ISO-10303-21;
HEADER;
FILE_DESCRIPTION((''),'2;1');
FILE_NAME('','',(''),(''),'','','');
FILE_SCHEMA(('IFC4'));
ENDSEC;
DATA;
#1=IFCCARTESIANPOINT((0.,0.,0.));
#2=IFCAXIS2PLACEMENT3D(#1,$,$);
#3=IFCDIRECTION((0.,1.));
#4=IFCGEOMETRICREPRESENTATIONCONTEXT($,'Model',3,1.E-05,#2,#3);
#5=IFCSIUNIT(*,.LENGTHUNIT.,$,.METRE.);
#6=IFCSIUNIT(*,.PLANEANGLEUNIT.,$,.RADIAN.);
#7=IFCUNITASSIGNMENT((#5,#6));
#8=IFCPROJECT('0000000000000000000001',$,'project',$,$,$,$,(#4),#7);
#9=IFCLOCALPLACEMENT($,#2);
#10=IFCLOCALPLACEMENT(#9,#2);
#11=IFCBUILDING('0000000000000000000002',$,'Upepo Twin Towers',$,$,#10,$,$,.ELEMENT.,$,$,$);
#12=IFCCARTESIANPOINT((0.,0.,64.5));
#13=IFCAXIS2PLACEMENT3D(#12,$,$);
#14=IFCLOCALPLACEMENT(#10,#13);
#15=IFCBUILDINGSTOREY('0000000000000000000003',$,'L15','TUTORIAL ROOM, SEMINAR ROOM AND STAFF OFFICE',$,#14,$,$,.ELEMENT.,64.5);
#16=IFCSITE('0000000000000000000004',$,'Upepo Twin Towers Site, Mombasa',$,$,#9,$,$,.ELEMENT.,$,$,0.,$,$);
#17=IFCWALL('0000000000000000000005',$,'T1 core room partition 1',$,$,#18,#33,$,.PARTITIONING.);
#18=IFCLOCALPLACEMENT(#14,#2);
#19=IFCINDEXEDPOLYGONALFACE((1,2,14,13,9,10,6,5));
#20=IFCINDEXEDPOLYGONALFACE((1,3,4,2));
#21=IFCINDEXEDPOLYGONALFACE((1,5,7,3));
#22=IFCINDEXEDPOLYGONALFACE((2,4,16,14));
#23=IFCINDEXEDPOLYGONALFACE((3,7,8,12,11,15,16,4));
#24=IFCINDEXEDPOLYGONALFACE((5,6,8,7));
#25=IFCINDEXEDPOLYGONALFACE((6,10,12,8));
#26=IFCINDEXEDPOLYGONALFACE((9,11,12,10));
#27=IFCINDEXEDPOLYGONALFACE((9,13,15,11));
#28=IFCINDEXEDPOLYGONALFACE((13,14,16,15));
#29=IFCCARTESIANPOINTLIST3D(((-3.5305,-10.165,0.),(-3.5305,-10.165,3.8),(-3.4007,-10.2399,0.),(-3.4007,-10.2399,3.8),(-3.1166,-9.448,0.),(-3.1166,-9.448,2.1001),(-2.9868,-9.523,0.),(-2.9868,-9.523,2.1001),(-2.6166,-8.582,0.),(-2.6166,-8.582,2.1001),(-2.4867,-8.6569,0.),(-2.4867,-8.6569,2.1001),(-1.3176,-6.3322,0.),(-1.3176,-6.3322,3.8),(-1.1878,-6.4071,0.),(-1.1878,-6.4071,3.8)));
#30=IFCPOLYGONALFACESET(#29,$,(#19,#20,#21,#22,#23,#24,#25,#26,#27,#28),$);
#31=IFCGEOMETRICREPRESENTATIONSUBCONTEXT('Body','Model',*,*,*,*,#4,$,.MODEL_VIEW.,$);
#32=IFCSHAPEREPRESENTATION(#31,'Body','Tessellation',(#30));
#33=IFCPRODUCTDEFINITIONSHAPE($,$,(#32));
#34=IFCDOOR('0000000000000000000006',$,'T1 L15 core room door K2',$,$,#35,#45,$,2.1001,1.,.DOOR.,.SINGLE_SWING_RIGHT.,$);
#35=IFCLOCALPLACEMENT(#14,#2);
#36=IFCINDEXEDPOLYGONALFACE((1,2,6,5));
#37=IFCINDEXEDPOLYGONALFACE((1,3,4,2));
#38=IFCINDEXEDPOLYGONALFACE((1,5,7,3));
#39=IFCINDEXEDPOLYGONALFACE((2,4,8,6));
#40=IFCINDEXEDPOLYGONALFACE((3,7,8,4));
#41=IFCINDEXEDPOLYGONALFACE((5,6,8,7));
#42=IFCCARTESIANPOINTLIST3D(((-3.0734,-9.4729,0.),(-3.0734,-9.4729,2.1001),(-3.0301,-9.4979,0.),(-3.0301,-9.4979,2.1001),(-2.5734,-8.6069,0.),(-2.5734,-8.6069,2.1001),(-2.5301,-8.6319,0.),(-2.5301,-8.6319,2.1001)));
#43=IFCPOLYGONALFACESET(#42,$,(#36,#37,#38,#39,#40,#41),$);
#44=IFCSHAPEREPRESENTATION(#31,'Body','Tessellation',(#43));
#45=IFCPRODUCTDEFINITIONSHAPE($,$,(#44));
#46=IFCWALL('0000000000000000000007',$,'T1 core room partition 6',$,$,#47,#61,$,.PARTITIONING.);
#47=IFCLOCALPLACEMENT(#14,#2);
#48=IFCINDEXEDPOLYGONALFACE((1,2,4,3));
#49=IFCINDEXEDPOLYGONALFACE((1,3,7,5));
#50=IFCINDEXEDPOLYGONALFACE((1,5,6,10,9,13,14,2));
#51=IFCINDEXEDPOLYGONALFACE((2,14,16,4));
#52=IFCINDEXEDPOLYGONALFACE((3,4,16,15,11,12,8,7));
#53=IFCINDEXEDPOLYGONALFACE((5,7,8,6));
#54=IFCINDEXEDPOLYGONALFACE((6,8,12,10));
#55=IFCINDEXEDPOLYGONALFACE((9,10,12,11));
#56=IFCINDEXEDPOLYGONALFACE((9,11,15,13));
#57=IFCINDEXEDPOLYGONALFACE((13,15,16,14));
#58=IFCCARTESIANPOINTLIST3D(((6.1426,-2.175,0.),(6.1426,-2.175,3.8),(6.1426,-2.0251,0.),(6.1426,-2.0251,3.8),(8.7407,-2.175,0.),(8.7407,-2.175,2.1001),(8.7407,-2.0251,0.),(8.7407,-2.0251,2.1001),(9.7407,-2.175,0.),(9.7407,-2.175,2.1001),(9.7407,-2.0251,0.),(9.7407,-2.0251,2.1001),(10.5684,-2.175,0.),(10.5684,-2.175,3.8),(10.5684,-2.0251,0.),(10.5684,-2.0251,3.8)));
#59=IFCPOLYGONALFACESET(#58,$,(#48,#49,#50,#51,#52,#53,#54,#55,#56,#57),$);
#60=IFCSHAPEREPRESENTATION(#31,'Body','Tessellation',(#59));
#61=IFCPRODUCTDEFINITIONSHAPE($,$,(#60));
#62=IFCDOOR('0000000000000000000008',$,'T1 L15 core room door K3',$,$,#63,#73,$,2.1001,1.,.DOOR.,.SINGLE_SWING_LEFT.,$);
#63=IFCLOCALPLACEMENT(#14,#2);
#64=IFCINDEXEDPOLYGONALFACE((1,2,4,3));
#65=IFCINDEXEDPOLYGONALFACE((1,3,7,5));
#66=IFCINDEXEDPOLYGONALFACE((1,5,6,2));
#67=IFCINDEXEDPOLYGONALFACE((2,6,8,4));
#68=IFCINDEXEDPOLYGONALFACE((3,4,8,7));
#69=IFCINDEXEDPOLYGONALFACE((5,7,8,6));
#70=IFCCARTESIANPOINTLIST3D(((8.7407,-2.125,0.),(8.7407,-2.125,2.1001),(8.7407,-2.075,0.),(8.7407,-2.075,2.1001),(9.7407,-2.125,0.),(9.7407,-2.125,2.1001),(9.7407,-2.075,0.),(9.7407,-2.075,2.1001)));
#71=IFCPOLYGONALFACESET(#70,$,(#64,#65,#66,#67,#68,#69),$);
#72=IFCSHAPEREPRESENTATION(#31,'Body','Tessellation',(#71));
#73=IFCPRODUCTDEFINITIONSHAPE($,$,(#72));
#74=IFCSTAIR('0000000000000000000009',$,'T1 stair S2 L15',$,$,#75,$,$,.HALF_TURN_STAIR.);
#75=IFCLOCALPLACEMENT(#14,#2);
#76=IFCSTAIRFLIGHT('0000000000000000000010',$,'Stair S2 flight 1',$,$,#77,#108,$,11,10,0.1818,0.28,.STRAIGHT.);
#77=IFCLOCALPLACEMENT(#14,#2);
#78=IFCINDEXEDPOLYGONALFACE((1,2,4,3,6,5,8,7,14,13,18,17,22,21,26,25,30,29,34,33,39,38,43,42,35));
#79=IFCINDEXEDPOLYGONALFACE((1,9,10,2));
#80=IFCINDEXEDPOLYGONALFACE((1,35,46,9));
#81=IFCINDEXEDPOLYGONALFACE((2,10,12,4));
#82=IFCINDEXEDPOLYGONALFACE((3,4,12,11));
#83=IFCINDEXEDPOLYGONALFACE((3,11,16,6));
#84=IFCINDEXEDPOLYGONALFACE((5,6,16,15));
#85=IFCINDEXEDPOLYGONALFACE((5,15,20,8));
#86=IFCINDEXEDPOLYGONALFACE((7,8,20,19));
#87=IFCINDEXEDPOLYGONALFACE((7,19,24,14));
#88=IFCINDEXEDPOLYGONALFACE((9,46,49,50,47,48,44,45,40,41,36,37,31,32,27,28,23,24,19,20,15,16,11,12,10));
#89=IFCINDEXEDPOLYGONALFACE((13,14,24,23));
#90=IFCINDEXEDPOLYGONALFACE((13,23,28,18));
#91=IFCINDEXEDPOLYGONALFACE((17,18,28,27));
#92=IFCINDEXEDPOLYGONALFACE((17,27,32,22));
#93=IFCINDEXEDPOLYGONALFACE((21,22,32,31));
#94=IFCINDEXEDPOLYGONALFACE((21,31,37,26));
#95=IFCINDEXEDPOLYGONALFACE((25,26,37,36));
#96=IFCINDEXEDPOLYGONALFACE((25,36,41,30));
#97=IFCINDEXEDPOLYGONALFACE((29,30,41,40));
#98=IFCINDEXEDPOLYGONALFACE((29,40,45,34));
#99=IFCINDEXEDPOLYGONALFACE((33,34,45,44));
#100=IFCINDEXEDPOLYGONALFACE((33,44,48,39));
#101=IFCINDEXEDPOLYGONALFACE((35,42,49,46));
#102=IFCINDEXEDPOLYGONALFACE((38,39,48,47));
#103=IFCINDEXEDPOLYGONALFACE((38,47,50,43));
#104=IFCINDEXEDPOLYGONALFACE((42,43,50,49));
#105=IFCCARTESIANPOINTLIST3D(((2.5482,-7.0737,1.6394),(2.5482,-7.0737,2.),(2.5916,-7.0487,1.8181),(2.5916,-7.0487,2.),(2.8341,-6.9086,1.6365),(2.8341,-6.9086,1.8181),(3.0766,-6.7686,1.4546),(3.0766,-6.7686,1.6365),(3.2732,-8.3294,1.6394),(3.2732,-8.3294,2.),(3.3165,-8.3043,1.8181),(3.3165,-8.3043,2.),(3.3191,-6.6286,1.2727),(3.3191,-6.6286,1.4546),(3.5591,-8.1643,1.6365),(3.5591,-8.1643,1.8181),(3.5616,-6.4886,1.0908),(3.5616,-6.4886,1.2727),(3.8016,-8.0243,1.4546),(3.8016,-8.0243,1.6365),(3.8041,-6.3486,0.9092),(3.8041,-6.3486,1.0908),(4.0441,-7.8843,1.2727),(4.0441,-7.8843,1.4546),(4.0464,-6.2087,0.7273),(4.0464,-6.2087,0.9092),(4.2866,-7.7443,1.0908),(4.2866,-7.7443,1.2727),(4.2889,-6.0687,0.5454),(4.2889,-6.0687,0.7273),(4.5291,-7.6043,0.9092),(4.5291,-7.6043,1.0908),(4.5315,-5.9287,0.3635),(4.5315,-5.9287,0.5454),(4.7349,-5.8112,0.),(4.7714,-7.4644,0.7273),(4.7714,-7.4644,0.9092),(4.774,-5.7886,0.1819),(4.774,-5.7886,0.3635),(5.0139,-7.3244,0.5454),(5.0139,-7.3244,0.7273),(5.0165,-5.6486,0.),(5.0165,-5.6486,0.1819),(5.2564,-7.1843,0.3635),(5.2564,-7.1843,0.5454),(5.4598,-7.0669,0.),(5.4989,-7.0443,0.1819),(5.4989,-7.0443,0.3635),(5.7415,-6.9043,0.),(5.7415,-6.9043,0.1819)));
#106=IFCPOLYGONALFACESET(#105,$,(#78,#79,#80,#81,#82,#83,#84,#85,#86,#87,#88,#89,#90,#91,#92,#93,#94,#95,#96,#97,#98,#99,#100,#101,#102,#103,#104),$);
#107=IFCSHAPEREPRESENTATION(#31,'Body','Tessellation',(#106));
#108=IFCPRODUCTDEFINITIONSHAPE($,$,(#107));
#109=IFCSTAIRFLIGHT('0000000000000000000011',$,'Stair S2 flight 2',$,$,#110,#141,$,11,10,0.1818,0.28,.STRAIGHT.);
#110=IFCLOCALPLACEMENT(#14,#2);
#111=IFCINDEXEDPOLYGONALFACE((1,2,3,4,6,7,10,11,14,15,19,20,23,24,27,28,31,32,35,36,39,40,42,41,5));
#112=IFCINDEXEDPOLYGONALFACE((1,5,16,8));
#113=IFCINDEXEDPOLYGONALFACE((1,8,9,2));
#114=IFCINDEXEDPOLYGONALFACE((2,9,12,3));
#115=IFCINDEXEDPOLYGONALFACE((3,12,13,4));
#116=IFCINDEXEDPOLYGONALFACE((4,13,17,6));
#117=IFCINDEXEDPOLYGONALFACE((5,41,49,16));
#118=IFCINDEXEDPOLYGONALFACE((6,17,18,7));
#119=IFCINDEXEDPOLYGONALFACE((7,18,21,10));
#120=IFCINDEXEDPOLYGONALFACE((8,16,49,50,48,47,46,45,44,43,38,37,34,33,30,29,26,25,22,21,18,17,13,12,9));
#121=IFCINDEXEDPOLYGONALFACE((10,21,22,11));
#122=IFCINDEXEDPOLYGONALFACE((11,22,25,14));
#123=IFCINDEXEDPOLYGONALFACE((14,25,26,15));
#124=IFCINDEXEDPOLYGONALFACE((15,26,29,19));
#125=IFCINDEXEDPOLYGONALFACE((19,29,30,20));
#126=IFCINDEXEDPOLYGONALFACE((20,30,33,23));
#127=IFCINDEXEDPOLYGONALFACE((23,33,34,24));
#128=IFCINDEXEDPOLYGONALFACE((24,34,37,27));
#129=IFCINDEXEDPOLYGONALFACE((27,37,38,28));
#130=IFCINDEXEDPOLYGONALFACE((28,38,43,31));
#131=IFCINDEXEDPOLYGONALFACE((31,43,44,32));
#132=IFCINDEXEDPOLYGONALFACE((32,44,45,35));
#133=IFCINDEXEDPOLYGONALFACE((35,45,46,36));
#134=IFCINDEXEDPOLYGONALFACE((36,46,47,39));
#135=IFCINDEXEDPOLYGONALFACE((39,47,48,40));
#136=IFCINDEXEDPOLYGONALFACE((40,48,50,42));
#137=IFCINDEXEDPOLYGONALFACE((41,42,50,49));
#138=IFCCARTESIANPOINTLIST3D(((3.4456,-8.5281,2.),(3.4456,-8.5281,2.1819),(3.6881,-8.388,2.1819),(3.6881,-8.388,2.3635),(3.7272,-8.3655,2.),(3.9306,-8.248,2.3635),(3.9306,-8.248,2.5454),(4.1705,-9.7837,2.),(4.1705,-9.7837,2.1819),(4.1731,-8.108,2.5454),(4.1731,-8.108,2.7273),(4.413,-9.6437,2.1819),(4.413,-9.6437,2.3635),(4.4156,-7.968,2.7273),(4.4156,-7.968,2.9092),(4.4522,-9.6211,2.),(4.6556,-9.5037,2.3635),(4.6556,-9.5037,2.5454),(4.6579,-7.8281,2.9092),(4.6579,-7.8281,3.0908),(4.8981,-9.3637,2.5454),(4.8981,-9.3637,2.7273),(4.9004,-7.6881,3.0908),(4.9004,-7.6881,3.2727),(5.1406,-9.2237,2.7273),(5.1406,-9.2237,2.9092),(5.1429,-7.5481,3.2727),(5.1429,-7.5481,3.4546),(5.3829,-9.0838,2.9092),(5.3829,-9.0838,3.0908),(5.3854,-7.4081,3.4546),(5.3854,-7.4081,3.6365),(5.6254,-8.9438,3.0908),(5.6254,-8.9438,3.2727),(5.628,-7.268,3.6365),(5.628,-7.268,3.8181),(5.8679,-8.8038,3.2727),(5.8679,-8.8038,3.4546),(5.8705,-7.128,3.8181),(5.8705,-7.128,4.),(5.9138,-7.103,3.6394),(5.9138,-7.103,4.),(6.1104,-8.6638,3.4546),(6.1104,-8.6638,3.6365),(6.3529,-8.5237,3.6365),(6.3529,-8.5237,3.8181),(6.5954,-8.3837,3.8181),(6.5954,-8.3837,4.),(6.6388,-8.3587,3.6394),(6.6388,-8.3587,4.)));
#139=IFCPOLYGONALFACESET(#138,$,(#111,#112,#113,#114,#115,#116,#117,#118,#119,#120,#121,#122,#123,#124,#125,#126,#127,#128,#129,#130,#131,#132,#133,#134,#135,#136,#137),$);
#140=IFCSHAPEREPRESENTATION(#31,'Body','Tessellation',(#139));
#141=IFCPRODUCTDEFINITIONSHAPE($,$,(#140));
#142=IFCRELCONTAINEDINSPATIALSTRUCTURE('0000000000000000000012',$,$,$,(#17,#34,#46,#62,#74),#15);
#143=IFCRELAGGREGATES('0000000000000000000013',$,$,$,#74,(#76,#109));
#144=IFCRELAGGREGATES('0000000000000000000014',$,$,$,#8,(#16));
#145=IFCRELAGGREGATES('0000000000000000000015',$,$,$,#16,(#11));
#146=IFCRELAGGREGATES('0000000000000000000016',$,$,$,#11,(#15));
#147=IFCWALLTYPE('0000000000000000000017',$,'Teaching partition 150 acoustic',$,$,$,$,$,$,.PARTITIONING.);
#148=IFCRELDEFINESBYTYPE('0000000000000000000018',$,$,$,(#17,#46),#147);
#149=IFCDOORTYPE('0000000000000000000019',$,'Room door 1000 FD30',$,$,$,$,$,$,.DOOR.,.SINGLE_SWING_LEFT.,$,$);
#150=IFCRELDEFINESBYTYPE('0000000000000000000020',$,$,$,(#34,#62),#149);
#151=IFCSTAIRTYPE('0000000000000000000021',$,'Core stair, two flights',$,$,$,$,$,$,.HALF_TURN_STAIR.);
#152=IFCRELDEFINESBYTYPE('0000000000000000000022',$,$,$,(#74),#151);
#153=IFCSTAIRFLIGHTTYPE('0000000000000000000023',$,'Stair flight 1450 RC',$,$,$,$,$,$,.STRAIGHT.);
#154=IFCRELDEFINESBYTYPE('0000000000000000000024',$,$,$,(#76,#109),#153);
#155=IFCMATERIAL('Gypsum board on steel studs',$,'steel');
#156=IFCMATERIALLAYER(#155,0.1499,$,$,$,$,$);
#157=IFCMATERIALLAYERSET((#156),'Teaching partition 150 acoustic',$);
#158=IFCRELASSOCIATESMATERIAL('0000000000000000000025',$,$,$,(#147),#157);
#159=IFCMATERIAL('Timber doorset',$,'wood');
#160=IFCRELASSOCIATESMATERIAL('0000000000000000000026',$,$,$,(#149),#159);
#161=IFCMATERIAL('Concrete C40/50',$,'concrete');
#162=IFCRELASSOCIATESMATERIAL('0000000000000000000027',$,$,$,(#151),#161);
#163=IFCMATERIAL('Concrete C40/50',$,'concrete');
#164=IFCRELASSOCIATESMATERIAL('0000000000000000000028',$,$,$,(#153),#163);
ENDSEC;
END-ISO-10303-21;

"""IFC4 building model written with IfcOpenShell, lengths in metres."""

from ifc_helpers import new_model, si_unit, direction, frame, frame_2d, origin, place, context, subcontext, project, spatial, polyline, rectangle, outline, extrude, material, layer, layer_set, type_object, element, fill, aggregate, save


model = new_model("IFC4")

# Units and contexts
model_context = context("Model", 3, precision=1e-05, world=origin(), true_north=direction((0.0, 1.0)))
body_context = subcontext(model_context, "Body", "Model", "MODEL_VIEW")
ifc_project = project(units=[si_unit("LENGTHUNIT", "METRE"), si_unit("PLANEANGLEUNIT", "RADIAN")], contexts=[model_context])

# Site, building, storey
site_placement = place(None, origin())
site = spatial("IfcSite", under=ifc_project, at=site_placement, Name="Upepo Twin Towers Site, Mombasa", CompositionType="ELEMENT", RefElevation=0.0)
building_placement = place(site_placement, origin())
building = spatial("IfcBuilding", under=site, at=building_placement, Name="Upepo Twin Towers", CompositionType="ELEMENT")
storey_placement = place(building_placement, frame((0.0, 0.0, 64.5)))
storey = spatial("IfcBuildingStorey", under=building, at=storey_placement, Name="L15", Description="TUTORIAL ROOM, SEMINAR ROOM AND STAFF OFFICE", CompositionType="ELEMENT", Elevation=64.5)

# Walls, openings, doors
ifc_material_1 = material(Name="Gypsum board on steel studs", Category="steel")
ifc_layer_1 = layer(ifc_material_1, 0.1499)
ifc_layer_set_1 = layer_set([ifc_layer_1], Name="Teaching partition 150 acoustic")
wall_type_1 = type_object("IfcWallType", Name="Teaching partition 150 acoustic", PredefinedType="PARTITIONING", material=ifc_layer_set_1)
wall_1_placement = place(storey_placement, frame((-1.2527, -6.3696, 0.0), z_axis=(0.0, 0.0, 1.0), x_axis=(-0.500007, -0.866021, 0.0)))
wall_1 = element("IfcWall", 1, at=wall_1_placement, inside=storey, type_object=wall_type_1, Name="T1 core room partition 1", PredefinedType="PARTITIONING", context=body_context, shape_type="SweptSolid", body=[
    extrude(rectangle(XDim=4.4258, YDim=0.1499, at=frame_2d((2.2129, 0.0))), origin(), (0.0, 0.0, 1.0), 3.8),
])
opening_1_placement = place(wall_1_placement, frame((2.5979, 0.0, 0.0)))
opening_1 = element("IfcOpeningElement", 2, at=opening_1_placement, cuts=wall_1, PredefinedType="OPENING", context=body_context, shape_type="SweptSolid", body=[
    extrude(rectangle(XDim=1.0, YDim=2.1001, at=frame_2d((0.5, 1.05))), frame((0.0, 0.085, 0.0), z_axis=(0.0, -1.0, 0.0), x_axis=(1.0, 0.0, 0.0)), (0.0, 0.0, 1.0), 0.1699),
])
ifc_material_2 = material(Name="Timber doorset", Category="wood")
door_type_1 = type_object("IfcDoorType", Name="Room door 1000 FD30", OperationType="SINGLE_SWING_LEFT", PredefinedType="DOOR", material=ifc_material_2)
door_1_placement = place(opening_1_placement, origin())
door_1 = element("IfcDoor", 3, at=door_1_placement, inside=storey, type_object=door_type_1, Name="T1 L15 core room door K2", OperationType="SINGLE_SWING_RIGHT", OverallHeight=2.1001, OverallWidth=1.0, PredefinedType="DOOR", context=body_context, shape_type="SweptSolid", body=[
    extrude(rectangle(XDim=1.0, YDim=2.1001, at=frame_2d((0.5, 1.05))), frame((0.0, 0.0249, 0.0), z_axis=(0.0, -1.0, 0.0), x_axis=(1.0, 0.0, 0.0)), (0.0, 0.0, 1.0), 0.05),
])
fill(opening_1, door_1)
wall_2_placement = place(storey_placement, frame((10.5684, -2.1001, 0.0), z_axis=(0.0, 0.0, 1.0), x_axis=(-1.0, 0.0, 0.0)))
wall_2 = element("IfcWall", 4, at=wall_2_placement, inside=storey, type_object=wall_type_1, Name="T1 core room partition 6", PredefinedType="PARTITIONING", context=body_context, shape_type="SweptSolid", body=[
    extrude(rectangle(XDim=4.4258, YDim=0.1499, at=frame_2d((2.2129, 0.0))), origin(), (0.0, 0.0, 1.0), 3.8),
])
opening_2_placement = place(wall_2_placement, frame((0.8276, 0.0, 0.0)))
opening_2 = element("IfcOpeningElement", 5, at=opening_2_placement, cuts=wall_2, PredefinedType="OPENING", context=body_context, shape_type="SweptSolid", body=[
    extrude(rectangle(XDim=1.0, YDim=2.1001, at=frame_2d((0.5, 1.05))), frame((0.0, 0.085, 0.0), z_axis=(0.0, -1.0, 0.0), x_axis=(1.0, 0.0, 0.0)), (0.0, 0.0, 1.0), 0.1699),
])
door_2_placement = place(opening_2_placement, origin())
door_2 = element("IfcDoor", 6, at=door_2_placement, inside=storey, type_object=door_type_1, Name="T1 L15 core room door K3", OperationType="SINGLE_SWING_LEFT", OverallHeight=2.1001, OverallWidth=1.0, PredefinedType="DOOR", context=body_context, shape_type="SweptSolid", body=[
    extrude(rectangle(XDim=1.0, YDim=2.1001, at=frame_2d((0.5, 1.05))), frame((0.0, 0.0249, 0.0), z_axis=(0.0, -1.0, 0.0), x_axis=(1.0, 0.0, 0.0)), (0.0, 0.0, 1.0), 0.05),
])
fill(opening_2, door_2)

# Stair, stair flights
ifc_material_3 = material(Name="Concrete C40/50", Category="concrete")
stair_type = type_object("IfcStairType", Name="Core stair, two flights", PredefinedType="HALF_TURN_STAIR", material=ifc_material_3)
stair_placement = place(storey_placement, origin())
stair = element("IfcStair", 7, at=stair_placement, inside=storey, type_object=stair_type, Name="T1 stair S2 L15", PredefinedType="HALF_TURN_STAIR")
ifc_material_4 = material(Name="Concrete C40/50", Category="concrete")
stair_flight_type = type_object("IfcStairFlightType", Name="Stair flight 1450 RC", PredefinedType="STRAIGHT", material=ifc_material_4)
stair_flight_1_placement = place(storey_placement, frame((5.3789, -6.2764, 0.0), z_axis=(0.0, 0.0, 1.0), x_axis=(-0.866025, -0.5, 0.0)))
stair_flight_1 = element("IfcStairFlight", 8, at=stair_flight_1_placement, type_object=stair_flight_type, Name="Stair S2 flight 1", NumberOfRisers=11, NumberOfTreads=10, PredefinedType="STRAIGHT", RiserHeight=0.1818, TreadLength=0.28, context=body_context, shape_type="SweptSolid", body=[
    extrude(outline(polyline([(0.0, 0.0), (0.0, 0.1819), (0.28, 0.1819), (0.28, 0.3635), (0.5601, 0.3635), (0.5601, 0.5454), (0.8401, 0.5454), (0.8401, 0.7273), (1.1201, 0.7273), (1.1201, 0.9092), (1.3999, 0.9092), (1.3999, 1.0908), (1.6799, 1.0908), (1.6799, 1.2727), (1.96, 1.2727), (1.96, 1.4546), (2.24, 1.4546), (2.24, 1.6365), (2.52, 1.6365), (2.52, 1.8181), (2.8, 1.8181), (2.8, 2.0), (2.8501, 2.0), (2.8501, 1.6394), (0.3252, 0.0), (0.0, 0.0)])), frame((0.0, 0.7251, 0.0), z_axis=(0.0, -1.0, 0.0), x_axis=(1.0, 0.0, 0.0)), (0.0, 0.0, 1.0), 1.45),
])
stair_flight_2_placement = place(storey_placement, frame((3.8081, -9.156, 2.0), z_axis=(0.0, 0.0, 1.0), x_axis=(0.866025, 0.5, 0.0)))
stair_flight_2 = element("IfcStairFlight", 9, at=stair_flight_2_placement, type_object=stair_flight_type, Name="Stair S2 flight 2", NumberOfRisers=11, NumberOfTreads=10, PredefinedType="STRAIGHT", RiserHeight=0.1818, TreadLength=0.28, context=body_context, shape_type="SweptSolid", body=[
    extrude(outline(polyline([(0.0, 0.0), (0.0, 0.1819), (0.28, 0.1819), (0.28, 0.3635), (0.5601, 0.3635), (0.5601, 0.5454), (0.8401, 0.5454), (0.8401, 0.7273), (1.1201, 0.7273), (1.1201, 0.9092), (1.3999, 0.9092), (1.3999, 1.0908), (1.6799, 1.0908), (1.6799, 1.2727), (1.96, 1.2727), (1.96, 1.4546), (2.24, 1.4546), (2.24, 1.6365), (2.52, 1.6365), (2.52, 1.8181), (2.8, 1.8181), (2.8, 2.0), (2.8501, 2.0), (2.8501, 1.6394), (0.3252, 0.0), (0.0, 0.0)])), frame((0.0, 0.7251, 0.0), z_axis=(0.0, -1.0, 0.0), x_axis=(1.0, 0.0, 0.0)), (0.0, 0.0, 1.0), 1.45),
])
aggregate(stair, [stair_flight_1, stair_flight_2])

save(model, "model.ifc")
